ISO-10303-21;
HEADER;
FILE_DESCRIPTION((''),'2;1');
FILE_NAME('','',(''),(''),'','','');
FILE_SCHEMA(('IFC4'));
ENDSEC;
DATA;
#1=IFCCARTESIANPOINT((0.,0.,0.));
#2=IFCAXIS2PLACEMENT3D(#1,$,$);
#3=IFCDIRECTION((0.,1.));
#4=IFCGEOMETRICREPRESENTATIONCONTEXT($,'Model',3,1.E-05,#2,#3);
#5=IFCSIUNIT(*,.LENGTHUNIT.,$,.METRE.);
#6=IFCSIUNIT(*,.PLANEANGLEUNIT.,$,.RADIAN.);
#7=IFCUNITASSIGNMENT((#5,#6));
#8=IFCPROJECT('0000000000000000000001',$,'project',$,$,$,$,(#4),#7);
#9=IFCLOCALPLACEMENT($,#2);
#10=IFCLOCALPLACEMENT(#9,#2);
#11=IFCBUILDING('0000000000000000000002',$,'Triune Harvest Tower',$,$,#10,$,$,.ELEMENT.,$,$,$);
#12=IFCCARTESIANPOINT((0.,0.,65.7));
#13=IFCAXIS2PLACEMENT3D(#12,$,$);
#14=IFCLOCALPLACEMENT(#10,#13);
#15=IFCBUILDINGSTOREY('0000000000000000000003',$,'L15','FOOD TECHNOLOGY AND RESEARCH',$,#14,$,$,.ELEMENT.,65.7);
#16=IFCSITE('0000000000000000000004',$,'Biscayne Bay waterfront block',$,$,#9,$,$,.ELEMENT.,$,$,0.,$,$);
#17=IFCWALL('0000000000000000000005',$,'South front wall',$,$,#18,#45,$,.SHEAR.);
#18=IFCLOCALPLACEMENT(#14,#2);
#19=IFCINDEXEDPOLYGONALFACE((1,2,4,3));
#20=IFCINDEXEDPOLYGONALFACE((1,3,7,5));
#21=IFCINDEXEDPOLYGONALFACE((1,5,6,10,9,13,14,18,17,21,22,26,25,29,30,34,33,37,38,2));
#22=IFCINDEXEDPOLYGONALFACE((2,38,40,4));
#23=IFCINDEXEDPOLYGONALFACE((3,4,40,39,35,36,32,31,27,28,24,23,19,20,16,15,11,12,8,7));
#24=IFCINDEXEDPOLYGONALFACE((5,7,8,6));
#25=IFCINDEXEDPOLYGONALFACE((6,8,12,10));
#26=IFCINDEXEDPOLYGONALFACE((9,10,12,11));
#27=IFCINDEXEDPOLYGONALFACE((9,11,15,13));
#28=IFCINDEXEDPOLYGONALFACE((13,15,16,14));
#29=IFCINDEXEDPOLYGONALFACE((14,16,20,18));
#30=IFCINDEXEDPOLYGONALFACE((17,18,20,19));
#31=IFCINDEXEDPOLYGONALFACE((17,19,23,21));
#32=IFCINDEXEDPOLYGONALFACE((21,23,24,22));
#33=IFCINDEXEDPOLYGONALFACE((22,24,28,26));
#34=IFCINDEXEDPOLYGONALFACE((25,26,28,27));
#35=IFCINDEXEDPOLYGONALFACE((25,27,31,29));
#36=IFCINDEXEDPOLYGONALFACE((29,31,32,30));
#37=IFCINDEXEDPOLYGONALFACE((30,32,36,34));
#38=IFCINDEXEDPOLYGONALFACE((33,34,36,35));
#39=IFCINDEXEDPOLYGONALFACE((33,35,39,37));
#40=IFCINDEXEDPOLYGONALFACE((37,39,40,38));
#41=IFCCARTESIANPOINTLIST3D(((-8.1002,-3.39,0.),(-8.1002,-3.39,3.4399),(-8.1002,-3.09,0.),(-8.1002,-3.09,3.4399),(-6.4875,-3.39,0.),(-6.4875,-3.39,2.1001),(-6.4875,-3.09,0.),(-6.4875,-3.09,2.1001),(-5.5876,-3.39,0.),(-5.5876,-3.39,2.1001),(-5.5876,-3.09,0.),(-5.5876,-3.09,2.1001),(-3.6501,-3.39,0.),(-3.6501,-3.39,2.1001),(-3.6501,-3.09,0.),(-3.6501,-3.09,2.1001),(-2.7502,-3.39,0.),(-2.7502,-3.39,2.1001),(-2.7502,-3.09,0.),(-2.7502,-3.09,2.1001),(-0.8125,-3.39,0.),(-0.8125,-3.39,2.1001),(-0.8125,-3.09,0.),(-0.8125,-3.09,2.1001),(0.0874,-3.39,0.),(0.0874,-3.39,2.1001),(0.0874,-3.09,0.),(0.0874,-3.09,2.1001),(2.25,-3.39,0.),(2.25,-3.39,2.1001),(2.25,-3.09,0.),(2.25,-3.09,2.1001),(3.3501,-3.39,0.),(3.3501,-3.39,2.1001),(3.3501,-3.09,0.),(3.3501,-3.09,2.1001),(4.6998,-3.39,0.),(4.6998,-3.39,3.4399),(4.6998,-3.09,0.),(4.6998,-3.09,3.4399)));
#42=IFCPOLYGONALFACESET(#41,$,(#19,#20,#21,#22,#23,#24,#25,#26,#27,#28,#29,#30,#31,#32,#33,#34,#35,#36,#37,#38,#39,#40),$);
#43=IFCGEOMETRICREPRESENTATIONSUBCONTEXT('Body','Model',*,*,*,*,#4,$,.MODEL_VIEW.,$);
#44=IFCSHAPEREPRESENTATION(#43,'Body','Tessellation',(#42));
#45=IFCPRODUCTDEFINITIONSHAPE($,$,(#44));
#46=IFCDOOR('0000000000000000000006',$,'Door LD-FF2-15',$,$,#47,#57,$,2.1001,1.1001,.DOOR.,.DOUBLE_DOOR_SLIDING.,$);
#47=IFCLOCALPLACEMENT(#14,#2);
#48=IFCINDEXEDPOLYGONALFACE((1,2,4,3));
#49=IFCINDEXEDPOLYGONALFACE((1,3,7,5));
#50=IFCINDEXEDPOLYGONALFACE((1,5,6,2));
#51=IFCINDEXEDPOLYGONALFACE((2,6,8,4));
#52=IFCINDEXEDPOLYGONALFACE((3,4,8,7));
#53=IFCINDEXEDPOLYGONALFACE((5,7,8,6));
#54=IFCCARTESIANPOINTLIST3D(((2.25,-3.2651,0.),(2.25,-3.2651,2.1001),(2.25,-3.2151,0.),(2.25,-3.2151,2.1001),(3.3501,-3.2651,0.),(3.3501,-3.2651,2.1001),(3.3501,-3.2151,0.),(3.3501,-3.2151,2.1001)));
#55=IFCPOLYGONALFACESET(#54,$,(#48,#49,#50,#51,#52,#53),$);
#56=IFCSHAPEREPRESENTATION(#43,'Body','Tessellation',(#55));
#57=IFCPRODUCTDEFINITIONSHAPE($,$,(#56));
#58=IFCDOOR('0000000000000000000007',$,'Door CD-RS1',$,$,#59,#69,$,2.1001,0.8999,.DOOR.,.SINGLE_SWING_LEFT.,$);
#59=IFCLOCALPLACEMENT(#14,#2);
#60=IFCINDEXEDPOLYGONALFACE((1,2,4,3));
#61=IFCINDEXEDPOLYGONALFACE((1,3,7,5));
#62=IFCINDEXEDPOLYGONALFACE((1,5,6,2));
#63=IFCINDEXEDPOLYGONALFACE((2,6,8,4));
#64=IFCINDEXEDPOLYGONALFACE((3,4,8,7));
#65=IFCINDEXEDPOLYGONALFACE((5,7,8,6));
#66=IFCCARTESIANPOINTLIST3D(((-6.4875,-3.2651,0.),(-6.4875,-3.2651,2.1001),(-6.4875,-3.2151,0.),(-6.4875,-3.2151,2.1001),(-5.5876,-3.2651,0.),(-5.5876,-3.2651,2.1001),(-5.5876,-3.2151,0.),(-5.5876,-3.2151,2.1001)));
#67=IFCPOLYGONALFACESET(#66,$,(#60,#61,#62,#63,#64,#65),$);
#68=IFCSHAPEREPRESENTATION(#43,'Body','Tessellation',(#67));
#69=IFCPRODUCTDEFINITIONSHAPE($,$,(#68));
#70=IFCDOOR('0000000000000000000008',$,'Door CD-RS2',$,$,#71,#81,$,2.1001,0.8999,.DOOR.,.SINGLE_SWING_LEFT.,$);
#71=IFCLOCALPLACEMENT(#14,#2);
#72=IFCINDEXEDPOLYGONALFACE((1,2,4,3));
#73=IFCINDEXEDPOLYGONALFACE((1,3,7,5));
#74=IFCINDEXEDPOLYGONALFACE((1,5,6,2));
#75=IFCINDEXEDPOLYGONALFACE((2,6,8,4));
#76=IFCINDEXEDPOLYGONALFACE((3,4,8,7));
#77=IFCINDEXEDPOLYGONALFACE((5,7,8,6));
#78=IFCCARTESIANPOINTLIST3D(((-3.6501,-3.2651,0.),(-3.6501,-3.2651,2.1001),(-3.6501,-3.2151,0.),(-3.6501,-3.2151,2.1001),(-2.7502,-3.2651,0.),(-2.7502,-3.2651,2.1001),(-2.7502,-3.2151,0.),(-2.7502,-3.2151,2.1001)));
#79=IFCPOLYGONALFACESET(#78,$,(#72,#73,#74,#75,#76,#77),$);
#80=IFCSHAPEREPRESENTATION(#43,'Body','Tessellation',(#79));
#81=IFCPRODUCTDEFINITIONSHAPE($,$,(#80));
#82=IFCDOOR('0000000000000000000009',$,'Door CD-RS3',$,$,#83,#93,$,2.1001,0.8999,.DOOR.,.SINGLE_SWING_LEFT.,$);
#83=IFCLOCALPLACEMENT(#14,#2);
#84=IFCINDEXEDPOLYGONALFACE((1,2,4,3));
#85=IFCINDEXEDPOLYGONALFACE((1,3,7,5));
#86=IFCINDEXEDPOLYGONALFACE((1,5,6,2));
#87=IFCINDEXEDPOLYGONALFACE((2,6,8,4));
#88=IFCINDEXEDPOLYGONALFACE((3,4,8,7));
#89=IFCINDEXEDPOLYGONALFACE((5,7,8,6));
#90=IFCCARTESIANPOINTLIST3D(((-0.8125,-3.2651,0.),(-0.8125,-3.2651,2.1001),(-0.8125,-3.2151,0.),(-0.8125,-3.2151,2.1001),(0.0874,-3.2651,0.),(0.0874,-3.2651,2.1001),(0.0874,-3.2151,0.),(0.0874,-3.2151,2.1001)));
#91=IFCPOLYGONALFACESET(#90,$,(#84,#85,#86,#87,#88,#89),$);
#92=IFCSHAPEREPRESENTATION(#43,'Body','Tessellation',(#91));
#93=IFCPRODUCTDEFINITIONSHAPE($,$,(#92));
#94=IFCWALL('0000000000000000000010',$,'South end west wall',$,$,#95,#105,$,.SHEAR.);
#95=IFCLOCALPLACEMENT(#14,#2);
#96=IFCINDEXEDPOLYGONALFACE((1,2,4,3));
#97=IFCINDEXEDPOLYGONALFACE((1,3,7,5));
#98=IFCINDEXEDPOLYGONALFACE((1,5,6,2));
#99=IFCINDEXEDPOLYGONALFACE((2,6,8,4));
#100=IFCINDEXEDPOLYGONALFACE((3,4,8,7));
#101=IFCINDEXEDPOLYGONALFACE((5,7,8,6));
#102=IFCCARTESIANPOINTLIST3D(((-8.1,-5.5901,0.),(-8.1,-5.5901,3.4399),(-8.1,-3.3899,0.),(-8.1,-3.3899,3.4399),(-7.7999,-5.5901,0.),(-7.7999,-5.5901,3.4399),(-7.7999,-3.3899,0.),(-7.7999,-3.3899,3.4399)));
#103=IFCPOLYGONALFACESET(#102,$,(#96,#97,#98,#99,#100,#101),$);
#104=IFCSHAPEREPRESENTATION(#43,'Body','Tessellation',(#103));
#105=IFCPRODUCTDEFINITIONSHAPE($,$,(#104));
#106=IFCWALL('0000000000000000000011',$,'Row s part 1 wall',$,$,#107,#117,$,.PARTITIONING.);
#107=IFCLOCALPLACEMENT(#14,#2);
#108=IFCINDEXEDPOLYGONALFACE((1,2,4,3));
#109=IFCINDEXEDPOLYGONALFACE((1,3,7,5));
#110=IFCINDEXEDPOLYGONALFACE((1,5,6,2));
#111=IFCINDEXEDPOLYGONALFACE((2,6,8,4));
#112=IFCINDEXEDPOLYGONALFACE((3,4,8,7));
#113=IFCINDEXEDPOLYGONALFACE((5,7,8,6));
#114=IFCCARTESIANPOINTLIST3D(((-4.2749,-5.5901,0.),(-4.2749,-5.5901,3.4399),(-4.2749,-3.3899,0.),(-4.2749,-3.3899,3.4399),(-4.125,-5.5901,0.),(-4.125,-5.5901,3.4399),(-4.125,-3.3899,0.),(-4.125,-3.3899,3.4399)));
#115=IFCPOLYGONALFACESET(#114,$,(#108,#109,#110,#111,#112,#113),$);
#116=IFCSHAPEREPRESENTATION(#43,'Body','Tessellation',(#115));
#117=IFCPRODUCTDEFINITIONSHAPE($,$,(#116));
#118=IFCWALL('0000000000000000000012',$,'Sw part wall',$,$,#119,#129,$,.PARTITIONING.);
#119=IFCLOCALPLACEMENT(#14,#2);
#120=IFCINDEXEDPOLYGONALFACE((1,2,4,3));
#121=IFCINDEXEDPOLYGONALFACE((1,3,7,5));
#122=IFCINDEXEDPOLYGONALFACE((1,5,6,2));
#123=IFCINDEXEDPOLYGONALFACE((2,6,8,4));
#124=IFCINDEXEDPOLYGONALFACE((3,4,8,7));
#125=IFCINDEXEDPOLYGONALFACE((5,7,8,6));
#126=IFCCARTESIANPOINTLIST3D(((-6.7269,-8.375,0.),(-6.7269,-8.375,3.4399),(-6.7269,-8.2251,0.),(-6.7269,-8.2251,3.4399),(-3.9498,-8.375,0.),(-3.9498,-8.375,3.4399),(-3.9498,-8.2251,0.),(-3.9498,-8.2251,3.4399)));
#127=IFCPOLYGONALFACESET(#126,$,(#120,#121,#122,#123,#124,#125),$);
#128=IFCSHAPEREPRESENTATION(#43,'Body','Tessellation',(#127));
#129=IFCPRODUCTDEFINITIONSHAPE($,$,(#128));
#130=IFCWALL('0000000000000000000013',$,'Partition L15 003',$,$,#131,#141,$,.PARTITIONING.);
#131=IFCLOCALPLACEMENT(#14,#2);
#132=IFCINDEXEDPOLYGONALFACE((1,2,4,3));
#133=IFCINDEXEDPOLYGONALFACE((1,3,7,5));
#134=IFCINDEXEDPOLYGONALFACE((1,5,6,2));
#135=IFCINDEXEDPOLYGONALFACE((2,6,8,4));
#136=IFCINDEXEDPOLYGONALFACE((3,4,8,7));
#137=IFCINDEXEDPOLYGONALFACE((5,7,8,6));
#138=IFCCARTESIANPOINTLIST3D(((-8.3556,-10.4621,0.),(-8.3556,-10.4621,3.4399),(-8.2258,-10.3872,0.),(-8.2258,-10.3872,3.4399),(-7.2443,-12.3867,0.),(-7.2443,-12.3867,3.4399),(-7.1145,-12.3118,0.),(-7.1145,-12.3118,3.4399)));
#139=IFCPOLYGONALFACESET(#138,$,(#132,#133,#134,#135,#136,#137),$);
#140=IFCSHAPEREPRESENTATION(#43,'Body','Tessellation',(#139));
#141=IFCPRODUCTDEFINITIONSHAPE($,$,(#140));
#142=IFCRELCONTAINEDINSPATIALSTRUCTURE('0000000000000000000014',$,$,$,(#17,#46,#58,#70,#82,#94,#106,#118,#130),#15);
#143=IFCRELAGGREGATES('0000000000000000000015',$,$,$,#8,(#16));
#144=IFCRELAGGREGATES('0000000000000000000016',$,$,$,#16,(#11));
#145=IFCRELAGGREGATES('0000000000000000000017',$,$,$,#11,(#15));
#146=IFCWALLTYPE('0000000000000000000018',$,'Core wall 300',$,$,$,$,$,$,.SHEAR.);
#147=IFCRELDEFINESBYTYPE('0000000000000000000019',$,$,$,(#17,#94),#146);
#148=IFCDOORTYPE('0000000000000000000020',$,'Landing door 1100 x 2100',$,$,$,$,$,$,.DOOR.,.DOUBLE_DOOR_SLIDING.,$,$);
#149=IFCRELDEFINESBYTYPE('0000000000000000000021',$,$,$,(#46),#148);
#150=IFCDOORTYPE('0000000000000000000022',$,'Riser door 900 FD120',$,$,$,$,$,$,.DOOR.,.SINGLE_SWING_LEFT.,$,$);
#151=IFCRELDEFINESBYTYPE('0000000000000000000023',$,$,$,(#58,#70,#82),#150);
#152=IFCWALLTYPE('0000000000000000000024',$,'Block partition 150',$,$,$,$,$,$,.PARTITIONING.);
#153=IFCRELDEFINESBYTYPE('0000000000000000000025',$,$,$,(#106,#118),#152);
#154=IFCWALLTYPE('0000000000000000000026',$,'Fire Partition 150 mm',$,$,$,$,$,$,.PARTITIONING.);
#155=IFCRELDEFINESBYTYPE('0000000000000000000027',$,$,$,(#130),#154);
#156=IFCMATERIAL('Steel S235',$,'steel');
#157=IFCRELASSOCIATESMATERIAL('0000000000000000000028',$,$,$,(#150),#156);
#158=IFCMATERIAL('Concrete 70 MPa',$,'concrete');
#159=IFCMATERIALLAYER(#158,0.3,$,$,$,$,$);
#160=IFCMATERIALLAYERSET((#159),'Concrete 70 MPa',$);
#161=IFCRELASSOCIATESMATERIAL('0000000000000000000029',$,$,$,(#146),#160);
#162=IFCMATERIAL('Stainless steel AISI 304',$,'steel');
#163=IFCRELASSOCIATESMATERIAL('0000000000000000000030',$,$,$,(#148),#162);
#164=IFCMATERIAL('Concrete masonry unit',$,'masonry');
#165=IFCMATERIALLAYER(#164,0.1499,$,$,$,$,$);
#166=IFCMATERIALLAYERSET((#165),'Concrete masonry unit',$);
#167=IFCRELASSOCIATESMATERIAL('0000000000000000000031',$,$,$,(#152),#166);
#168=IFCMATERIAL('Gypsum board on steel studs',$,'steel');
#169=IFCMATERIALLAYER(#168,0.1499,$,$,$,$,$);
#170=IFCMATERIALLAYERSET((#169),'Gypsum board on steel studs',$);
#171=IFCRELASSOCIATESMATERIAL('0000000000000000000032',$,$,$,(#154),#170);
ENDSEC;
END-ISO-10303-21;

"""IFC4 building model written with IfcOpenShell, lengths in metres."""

from ifc_helpers import new_model, si_unit, direction, frame, frame_2d, origin, place, context, subcontext, project, spatial, rectangle, extrude, source, transform, mapped, material, layer, layer_set, type_object, element, fill, save


model = new_model("IFC4")

# Units and contexts
model_context = context("Model", 3, precision=1e-05, world=origin(), true_north=direction((0.0, 1.0)))
body_context = subcontext(model_context, "Body", "Model", "MODEL_VIEW")
ifc_project = project(units=[si_unit("LENGTHUNIT", "METRE"), si_unit("PLANEANGLEUNIT", "RADIAN")], contexts=[model_context])

# Site, building, storey
site_placement = place(None, origin())
site = spatial("IfcSite", under=ifc_project, at=site_placement, Name="Biscayne Bay waterfront block", CompositionType="ELEMENT", RefElevation=0.0)
building_placement = place(site_placement, origin())
building = spatial("IfcBuilding", under=site, at=building_placement, Name="Triune Harvest Tower", CompositionType="ELEMENT")
storey_placement = place(building_placement, frame((0.0, 0.0, 65.7)))
storey = spatial("IfcBuildingStorey", under=building, at=storey_placement, Name="L15", Description="FOOD TECHNOLOGY AND RESEARCH", CompositionType="ELEMENT", Elevation=65.7)

# Wall, openings, doors
ifc_material_1 = material(Name="Steel S235", Category="steel")
door_type_1 = type_object("IfcDoorType", Name="Riser door 900 FD120", OperationType="SINGLE_SWING_LEFT", PredefinedType="DOOR", material=ifc_material_1)
ifc_material_2 = material(Name="Concrete 70 MPa", Category="concrete")
ifc_layer_1 = layer(ifc_material_2, 0.3)
ifc_layer_set_1 = layer_set([ifc_layer_1], Name="Concrete 70 MPa")
wall_type_1 = type_object("IfcWallType", Name="Core wall 300", PredefinedType="SHEAR", material=ifc_layer_set_1)
ifc_material_3 = material(Name="Stainless steel AISI 304", Category="steel")
door_type_2 = type_object("IfcDoorType", Name="Landing door 1100 x 2100", OperationType="DOUBLE_DOOR_SLIDING", PredefinedType="DOOR", material=ifc_material_3)
shared_shape_1 = source(origin(), body_context, "Body", "SweptSolid", [
    extrude(rectangle(XDim=12.8, YDim=0.3, at=frame_2d((6.3999, 0.0))), origin(), (0.0, 0.0, 1.0), 3.4399),
])
wall_1_placement = place(storey_placement, frame((-8.1001, -3.24, 0.0), z_axis=(0.0, 0.0, 1.0), x_axis=(1.0, 0.0, 0.0)))
wall_1 = element("IfcWall", 1, at=wall_1_placement, inside=storey, type_object=wall_type_1, Name="South front wall", PredefinedType="SHEAR", context=body_context, shape_type="MappedRepresentation", body=[
    mapped(shared_shape_1, transform((0.0, 0.0, 0.0), scale=1.0)),
])
opening_1_placement = place(wall_1_placement, frame((1.6125, 0.0, 0.0)))
opening_1 = element("IfcOpeningElement", 2, at=opening_1_placement, cuts=wall_1, PredefinedType="OPENING", context=body_context, shape_type="SweptSolid", body=[
    extrude(rectangle(XDim=0.8999, YDim=2.1001, at=frame_2d((0.45, 1.05))), frame((0.0, 0.1602, 0.0), z_axis=(0.0, -1.0, 0.0), x_axis=(1.0, 0.0, 0.0)), (0.0, 0.0, 1.0), 0.3201),
])
opening_2_placement = place(wall_1_placement, frame((4.45, 0.0, 0.0)))
opening_2 = element("IfcOpeningElement", 3, at=opening_2_placement, cuts=wall_1, PredefinedType="OPENING", context=body_context, shape_type="SweptSolid", body=[
    extrude(rectangle(XDim=0.8999, YDim=2.1001, at=frame_2d((0.45, 1.05))), frame((0.0, 0.1602, 0.0), z_axis=(0.0, -1.0, 0.0), x_axis=(1.0, 0.0, 0.0)), (0.0, 0.0, 1.0), 0.3201),
])
opening_3_placement = place(wall_1_placement, frame((7.2876, 0.0, 0.0)))
opening_3 = element("IfcOpeningElement", 4, at=opening_3_placement, cuts=wall_1, PredefinedType="OPENING", context=body_context, shape_type="SweptSolid", body=[
    extrude(rectangle(XDim=0.8999, YDim=2.1001, at=frame_2d((0.45, 1.05))), frame((0.0, 0.1602, 0.0), z_axis=(0.0, -1.0, 0.0), x_axis=(1.0, 0.0, 0.0)), (0.0, 0.0, 1.0), 0.3201),
])
opening_4_placement = place(wall_1_placement, frame((10.3501, 0.0, 0.0)))
opening_4 = element("IfcOpeningElement", 5, at=opening_4_placement, cuts=wall_1, PredefinedType="OPENING", context=body_context, shape_type="SweptSolid", body=[
    extrude(rectangle(XDim=1.1001, YDim=2.1001, at=frame_2d((0.55, 1.05))), frame((0.0, 0.1602, 0.0), z_axis=(0.0, -1.0, 0.0), x_axis=(1.0, 0.0, 0.0)), (0.0, 0.0, 1.0), 0.3201),
])
door_1_placement = place(opening_4_placement, origin())
door_1 = element("IfcDoor", 6, at=door_1_placement, inside=storey, type_object=door_type_2, Name="Door LD-FF2-15", OperationType="DOUBLE_DOOR_SLIDING", OverallHeight=2.1001, OverallWidth=1.1001, PredefinedType="DOOR", context=body_context, shape_type="SweptSolid", body=[
    extrude(rectangle(XDim=1.1001, YDim=2.1001, at=frame_2d((0.55, 1.05))), frame((0.0, 0.0249, 0.0), z_axis=(0.0, -1.0, 0.0), x_axis=(1.0, 0.0, 0.0)), (0.0, 0.0, 1.0), 0.05),
])
fill(opening_4, door_1)
door_2_placement = place(opening_1_placement, origin())
door_2 = element("IfcDoor", 7, at=door_2_placement, inside=storey, type_object=door_type_1, Name="Door CD-RS1", OperationType="SINGLE_SWING_LEFT", OverallHeight=2.1001, OverallWidth=0.8999, PredefinedType="DOOR", context=body_context, shape_type="SweptSolid", body=[
    extrude(rectangle(XDim=0.8999, YDim=2.1001, at=frame_2d((0.45, 1.05))), frame((0.0, 0.0249, 0.0), z_axis=(0.0, -1.0, 0.0), x_axis=(1.0, 0.0, 0.0)), (0.0, 0.0, 1.0), 0.05),
])
fill(opening_1, door_2)
door_3_placement = place(opening_2_placement, origin())
door_3 = element("IfcDoor", 8, at=door_3_placement, inside=storey, type_object=door_type_1, Name="Door CD-RS2", OperationType="SINGLE_SWING_LEFT", OverallHeight=2.1001, OverallWidth=0.8999, PredefinedType="DOOR", context=body_context, shape_type="SweptSolid", body=[
    extrude(rectangle(XDim=0.8999, YDim=2.1001, at=frame_2d((0.45, 1.05))), frame((0.0, 0.0249, 0.0), z_axis=(0.0, -1.0, 0.0), x_axis=(1.0, 0.0, 0.0)), (0.0, 0.0, 1.0), 0.05),
])
fill(opening_2, door_3)
door_4_placement = place(opening_3_placement, origin())
door_4 = element("IfcDoor", 9, at=door_4_placement, inside=storey, type_object=door_type_1, Name="Door CD-RS3", OperationType="SINGLE_SWING_LEFT", OverallHeight=2.1001, OverallWidth=0.8999, PredefinedType="DOOR", context=body_context, shape_type="SweptSolid", body=[
    extrude(rectangle(XDim=0.8999, YDim=2.1001, at=frame_2d((0.45, 1.05))), frame((0.0, 0.0249, 0.0), z_axis=(0.0, -1.0, 0.0), x_axis=(1.0, 0.0, 0.0)), (0.0, 0.0, 1.0), 0.05),
])
fill(opening_3, door_4)

# Walls
shared_shape_2 = source(origin(), body_context, "Body", "SweptSolid", [
    extrude(rectangle(XDim=2.2002, YDim=0.3, at=frame_2d((1.1001, 0.0))), origin(), (0.0, 0.0, 1.0), 3.4399),
])
wall_2_placement = place(storey_placement, frame((-7.95, -5.5901, 0.0), z_axis=(0.0, 0.0, 1.0), x_axis=(0.0, 1.0, 0.0)))
element("IfcWall", 10, at=wall_2_placement, inside=storey, type_object=wall_type_1, Name="South end west wall", PredefinedType="SHEAR", context=body_context, shape_type="MappedRepresentation", body=[
    mapped(shared_shape_2, transform((0.0, 0.0, 0.0), scale=1.0)),
])
ifc_material_4 = material(Name="Concrete masonry unit", Category="masonry")
ifc_layer_2 = layer(ifc_material_4, 0.1499)
ifc_layer_set_2 = layer_set([ifc_layer_2], Name="Concrete masonry unit")
wall_type_2 = type_object("IfcWallType", Name="Block partition 150", PredefinedType="PARTITIONING", material=ifc_layer_set_2)
shared_shape_3 = source(origin(), body_context, "Body", "SweptSolid", [
    extrude(rectangle(XDim=2.2002, YDim=0.1499, at=frame_2d((1.1001, 0.0))), origin(), (0.0, 0.0, 1.0), 3.4399),
])
wall_3_placement = place(storey_placement, frame((-4.2, -5.5901, 0.0), z_axis=(0.0, 0.0, 1.0), x_axis=(0.0, 1.0, 0.0)))
element("IfcWall", 11, at=wall_3_placement, inside=storey, type_object=wall_type_2, Name="Row s part 1 wall", PredefinedType="PARTITIONING", context=body_context, shape_type="MappedRepresentation", body=[
    mapped(shared_shape_3, transform((0.0, 0.0, 0.0), scale=1.0)),
])
shared_shape_4 = source(origin(), body_context, "Body", "SweptSolid", [
    extrude(rectangle(XDim=2.7771, YDim=0.1499, at=frame_2d((1.3887, 0.0))), origin(), (0.0, 0.0, 1.0), 3.4399),
])
wall_4_placement = place(storey_placement, frame((-6.7271, -8.3, 0.0), z_axis=(0.0, 0.0, 1.0), x_axis=(1.0, 0.0, 0.0)))
element("IfcWall", 12, at=wall_4_placement, inside=storey, type_object=wall_type_2, Name="Sw part wall", PredefinedType="PARTITIONING", context=body_context, shape_type="MappedRepresentation", body=[
    mapped(shared_shape_4, transform((0.0, 0.0, 0.0), scale=1.0)),
])
ifc_material_5 = material(Name="Gypsum board on steel studs", Category="steel")
ifc_layer_3 = layer(ifc_material_5, 0.1499)
ifc_layer_set_3 = layer_set([ifc_layer_3], Name="Gypsum board on steel studs")
wall_type_3 = type_object("IfcWallType", Name="Fire Partition 150 mm", PredefinedType="PARTITIONING", material=ifc_layer_set_3)
shared_shape_5 = source(origin(), body_context, "Body", "SweptSolid", [
    extrude(rectangle(XDim=2.2224, YDim=0.1499, at=frame_2d((1.1113, 0.0))), origin(), (0.0, 0.0, 1.0), 3.4399),
])
wall_5_placement = place(storey_placement, frame((-8.2908, -10.4246, 0.0), z_axis=(0.0, 0.0, 1.0), x_axis=(0.500062, -0.86599, 0.0)))
element("IfcWall", 13, at=wall_5_placement, inside=storey, type_object=wall_type_3, Name="Partition L15 003", PredefinedType="PARTITIONING", context=body_context, shape_type="MappedRepresentation", body=[
    mapped(shared_shape_5, transform((0.0, 0.0, 0.0), scale=1.0)),
])

save(model, "model.ifc")
